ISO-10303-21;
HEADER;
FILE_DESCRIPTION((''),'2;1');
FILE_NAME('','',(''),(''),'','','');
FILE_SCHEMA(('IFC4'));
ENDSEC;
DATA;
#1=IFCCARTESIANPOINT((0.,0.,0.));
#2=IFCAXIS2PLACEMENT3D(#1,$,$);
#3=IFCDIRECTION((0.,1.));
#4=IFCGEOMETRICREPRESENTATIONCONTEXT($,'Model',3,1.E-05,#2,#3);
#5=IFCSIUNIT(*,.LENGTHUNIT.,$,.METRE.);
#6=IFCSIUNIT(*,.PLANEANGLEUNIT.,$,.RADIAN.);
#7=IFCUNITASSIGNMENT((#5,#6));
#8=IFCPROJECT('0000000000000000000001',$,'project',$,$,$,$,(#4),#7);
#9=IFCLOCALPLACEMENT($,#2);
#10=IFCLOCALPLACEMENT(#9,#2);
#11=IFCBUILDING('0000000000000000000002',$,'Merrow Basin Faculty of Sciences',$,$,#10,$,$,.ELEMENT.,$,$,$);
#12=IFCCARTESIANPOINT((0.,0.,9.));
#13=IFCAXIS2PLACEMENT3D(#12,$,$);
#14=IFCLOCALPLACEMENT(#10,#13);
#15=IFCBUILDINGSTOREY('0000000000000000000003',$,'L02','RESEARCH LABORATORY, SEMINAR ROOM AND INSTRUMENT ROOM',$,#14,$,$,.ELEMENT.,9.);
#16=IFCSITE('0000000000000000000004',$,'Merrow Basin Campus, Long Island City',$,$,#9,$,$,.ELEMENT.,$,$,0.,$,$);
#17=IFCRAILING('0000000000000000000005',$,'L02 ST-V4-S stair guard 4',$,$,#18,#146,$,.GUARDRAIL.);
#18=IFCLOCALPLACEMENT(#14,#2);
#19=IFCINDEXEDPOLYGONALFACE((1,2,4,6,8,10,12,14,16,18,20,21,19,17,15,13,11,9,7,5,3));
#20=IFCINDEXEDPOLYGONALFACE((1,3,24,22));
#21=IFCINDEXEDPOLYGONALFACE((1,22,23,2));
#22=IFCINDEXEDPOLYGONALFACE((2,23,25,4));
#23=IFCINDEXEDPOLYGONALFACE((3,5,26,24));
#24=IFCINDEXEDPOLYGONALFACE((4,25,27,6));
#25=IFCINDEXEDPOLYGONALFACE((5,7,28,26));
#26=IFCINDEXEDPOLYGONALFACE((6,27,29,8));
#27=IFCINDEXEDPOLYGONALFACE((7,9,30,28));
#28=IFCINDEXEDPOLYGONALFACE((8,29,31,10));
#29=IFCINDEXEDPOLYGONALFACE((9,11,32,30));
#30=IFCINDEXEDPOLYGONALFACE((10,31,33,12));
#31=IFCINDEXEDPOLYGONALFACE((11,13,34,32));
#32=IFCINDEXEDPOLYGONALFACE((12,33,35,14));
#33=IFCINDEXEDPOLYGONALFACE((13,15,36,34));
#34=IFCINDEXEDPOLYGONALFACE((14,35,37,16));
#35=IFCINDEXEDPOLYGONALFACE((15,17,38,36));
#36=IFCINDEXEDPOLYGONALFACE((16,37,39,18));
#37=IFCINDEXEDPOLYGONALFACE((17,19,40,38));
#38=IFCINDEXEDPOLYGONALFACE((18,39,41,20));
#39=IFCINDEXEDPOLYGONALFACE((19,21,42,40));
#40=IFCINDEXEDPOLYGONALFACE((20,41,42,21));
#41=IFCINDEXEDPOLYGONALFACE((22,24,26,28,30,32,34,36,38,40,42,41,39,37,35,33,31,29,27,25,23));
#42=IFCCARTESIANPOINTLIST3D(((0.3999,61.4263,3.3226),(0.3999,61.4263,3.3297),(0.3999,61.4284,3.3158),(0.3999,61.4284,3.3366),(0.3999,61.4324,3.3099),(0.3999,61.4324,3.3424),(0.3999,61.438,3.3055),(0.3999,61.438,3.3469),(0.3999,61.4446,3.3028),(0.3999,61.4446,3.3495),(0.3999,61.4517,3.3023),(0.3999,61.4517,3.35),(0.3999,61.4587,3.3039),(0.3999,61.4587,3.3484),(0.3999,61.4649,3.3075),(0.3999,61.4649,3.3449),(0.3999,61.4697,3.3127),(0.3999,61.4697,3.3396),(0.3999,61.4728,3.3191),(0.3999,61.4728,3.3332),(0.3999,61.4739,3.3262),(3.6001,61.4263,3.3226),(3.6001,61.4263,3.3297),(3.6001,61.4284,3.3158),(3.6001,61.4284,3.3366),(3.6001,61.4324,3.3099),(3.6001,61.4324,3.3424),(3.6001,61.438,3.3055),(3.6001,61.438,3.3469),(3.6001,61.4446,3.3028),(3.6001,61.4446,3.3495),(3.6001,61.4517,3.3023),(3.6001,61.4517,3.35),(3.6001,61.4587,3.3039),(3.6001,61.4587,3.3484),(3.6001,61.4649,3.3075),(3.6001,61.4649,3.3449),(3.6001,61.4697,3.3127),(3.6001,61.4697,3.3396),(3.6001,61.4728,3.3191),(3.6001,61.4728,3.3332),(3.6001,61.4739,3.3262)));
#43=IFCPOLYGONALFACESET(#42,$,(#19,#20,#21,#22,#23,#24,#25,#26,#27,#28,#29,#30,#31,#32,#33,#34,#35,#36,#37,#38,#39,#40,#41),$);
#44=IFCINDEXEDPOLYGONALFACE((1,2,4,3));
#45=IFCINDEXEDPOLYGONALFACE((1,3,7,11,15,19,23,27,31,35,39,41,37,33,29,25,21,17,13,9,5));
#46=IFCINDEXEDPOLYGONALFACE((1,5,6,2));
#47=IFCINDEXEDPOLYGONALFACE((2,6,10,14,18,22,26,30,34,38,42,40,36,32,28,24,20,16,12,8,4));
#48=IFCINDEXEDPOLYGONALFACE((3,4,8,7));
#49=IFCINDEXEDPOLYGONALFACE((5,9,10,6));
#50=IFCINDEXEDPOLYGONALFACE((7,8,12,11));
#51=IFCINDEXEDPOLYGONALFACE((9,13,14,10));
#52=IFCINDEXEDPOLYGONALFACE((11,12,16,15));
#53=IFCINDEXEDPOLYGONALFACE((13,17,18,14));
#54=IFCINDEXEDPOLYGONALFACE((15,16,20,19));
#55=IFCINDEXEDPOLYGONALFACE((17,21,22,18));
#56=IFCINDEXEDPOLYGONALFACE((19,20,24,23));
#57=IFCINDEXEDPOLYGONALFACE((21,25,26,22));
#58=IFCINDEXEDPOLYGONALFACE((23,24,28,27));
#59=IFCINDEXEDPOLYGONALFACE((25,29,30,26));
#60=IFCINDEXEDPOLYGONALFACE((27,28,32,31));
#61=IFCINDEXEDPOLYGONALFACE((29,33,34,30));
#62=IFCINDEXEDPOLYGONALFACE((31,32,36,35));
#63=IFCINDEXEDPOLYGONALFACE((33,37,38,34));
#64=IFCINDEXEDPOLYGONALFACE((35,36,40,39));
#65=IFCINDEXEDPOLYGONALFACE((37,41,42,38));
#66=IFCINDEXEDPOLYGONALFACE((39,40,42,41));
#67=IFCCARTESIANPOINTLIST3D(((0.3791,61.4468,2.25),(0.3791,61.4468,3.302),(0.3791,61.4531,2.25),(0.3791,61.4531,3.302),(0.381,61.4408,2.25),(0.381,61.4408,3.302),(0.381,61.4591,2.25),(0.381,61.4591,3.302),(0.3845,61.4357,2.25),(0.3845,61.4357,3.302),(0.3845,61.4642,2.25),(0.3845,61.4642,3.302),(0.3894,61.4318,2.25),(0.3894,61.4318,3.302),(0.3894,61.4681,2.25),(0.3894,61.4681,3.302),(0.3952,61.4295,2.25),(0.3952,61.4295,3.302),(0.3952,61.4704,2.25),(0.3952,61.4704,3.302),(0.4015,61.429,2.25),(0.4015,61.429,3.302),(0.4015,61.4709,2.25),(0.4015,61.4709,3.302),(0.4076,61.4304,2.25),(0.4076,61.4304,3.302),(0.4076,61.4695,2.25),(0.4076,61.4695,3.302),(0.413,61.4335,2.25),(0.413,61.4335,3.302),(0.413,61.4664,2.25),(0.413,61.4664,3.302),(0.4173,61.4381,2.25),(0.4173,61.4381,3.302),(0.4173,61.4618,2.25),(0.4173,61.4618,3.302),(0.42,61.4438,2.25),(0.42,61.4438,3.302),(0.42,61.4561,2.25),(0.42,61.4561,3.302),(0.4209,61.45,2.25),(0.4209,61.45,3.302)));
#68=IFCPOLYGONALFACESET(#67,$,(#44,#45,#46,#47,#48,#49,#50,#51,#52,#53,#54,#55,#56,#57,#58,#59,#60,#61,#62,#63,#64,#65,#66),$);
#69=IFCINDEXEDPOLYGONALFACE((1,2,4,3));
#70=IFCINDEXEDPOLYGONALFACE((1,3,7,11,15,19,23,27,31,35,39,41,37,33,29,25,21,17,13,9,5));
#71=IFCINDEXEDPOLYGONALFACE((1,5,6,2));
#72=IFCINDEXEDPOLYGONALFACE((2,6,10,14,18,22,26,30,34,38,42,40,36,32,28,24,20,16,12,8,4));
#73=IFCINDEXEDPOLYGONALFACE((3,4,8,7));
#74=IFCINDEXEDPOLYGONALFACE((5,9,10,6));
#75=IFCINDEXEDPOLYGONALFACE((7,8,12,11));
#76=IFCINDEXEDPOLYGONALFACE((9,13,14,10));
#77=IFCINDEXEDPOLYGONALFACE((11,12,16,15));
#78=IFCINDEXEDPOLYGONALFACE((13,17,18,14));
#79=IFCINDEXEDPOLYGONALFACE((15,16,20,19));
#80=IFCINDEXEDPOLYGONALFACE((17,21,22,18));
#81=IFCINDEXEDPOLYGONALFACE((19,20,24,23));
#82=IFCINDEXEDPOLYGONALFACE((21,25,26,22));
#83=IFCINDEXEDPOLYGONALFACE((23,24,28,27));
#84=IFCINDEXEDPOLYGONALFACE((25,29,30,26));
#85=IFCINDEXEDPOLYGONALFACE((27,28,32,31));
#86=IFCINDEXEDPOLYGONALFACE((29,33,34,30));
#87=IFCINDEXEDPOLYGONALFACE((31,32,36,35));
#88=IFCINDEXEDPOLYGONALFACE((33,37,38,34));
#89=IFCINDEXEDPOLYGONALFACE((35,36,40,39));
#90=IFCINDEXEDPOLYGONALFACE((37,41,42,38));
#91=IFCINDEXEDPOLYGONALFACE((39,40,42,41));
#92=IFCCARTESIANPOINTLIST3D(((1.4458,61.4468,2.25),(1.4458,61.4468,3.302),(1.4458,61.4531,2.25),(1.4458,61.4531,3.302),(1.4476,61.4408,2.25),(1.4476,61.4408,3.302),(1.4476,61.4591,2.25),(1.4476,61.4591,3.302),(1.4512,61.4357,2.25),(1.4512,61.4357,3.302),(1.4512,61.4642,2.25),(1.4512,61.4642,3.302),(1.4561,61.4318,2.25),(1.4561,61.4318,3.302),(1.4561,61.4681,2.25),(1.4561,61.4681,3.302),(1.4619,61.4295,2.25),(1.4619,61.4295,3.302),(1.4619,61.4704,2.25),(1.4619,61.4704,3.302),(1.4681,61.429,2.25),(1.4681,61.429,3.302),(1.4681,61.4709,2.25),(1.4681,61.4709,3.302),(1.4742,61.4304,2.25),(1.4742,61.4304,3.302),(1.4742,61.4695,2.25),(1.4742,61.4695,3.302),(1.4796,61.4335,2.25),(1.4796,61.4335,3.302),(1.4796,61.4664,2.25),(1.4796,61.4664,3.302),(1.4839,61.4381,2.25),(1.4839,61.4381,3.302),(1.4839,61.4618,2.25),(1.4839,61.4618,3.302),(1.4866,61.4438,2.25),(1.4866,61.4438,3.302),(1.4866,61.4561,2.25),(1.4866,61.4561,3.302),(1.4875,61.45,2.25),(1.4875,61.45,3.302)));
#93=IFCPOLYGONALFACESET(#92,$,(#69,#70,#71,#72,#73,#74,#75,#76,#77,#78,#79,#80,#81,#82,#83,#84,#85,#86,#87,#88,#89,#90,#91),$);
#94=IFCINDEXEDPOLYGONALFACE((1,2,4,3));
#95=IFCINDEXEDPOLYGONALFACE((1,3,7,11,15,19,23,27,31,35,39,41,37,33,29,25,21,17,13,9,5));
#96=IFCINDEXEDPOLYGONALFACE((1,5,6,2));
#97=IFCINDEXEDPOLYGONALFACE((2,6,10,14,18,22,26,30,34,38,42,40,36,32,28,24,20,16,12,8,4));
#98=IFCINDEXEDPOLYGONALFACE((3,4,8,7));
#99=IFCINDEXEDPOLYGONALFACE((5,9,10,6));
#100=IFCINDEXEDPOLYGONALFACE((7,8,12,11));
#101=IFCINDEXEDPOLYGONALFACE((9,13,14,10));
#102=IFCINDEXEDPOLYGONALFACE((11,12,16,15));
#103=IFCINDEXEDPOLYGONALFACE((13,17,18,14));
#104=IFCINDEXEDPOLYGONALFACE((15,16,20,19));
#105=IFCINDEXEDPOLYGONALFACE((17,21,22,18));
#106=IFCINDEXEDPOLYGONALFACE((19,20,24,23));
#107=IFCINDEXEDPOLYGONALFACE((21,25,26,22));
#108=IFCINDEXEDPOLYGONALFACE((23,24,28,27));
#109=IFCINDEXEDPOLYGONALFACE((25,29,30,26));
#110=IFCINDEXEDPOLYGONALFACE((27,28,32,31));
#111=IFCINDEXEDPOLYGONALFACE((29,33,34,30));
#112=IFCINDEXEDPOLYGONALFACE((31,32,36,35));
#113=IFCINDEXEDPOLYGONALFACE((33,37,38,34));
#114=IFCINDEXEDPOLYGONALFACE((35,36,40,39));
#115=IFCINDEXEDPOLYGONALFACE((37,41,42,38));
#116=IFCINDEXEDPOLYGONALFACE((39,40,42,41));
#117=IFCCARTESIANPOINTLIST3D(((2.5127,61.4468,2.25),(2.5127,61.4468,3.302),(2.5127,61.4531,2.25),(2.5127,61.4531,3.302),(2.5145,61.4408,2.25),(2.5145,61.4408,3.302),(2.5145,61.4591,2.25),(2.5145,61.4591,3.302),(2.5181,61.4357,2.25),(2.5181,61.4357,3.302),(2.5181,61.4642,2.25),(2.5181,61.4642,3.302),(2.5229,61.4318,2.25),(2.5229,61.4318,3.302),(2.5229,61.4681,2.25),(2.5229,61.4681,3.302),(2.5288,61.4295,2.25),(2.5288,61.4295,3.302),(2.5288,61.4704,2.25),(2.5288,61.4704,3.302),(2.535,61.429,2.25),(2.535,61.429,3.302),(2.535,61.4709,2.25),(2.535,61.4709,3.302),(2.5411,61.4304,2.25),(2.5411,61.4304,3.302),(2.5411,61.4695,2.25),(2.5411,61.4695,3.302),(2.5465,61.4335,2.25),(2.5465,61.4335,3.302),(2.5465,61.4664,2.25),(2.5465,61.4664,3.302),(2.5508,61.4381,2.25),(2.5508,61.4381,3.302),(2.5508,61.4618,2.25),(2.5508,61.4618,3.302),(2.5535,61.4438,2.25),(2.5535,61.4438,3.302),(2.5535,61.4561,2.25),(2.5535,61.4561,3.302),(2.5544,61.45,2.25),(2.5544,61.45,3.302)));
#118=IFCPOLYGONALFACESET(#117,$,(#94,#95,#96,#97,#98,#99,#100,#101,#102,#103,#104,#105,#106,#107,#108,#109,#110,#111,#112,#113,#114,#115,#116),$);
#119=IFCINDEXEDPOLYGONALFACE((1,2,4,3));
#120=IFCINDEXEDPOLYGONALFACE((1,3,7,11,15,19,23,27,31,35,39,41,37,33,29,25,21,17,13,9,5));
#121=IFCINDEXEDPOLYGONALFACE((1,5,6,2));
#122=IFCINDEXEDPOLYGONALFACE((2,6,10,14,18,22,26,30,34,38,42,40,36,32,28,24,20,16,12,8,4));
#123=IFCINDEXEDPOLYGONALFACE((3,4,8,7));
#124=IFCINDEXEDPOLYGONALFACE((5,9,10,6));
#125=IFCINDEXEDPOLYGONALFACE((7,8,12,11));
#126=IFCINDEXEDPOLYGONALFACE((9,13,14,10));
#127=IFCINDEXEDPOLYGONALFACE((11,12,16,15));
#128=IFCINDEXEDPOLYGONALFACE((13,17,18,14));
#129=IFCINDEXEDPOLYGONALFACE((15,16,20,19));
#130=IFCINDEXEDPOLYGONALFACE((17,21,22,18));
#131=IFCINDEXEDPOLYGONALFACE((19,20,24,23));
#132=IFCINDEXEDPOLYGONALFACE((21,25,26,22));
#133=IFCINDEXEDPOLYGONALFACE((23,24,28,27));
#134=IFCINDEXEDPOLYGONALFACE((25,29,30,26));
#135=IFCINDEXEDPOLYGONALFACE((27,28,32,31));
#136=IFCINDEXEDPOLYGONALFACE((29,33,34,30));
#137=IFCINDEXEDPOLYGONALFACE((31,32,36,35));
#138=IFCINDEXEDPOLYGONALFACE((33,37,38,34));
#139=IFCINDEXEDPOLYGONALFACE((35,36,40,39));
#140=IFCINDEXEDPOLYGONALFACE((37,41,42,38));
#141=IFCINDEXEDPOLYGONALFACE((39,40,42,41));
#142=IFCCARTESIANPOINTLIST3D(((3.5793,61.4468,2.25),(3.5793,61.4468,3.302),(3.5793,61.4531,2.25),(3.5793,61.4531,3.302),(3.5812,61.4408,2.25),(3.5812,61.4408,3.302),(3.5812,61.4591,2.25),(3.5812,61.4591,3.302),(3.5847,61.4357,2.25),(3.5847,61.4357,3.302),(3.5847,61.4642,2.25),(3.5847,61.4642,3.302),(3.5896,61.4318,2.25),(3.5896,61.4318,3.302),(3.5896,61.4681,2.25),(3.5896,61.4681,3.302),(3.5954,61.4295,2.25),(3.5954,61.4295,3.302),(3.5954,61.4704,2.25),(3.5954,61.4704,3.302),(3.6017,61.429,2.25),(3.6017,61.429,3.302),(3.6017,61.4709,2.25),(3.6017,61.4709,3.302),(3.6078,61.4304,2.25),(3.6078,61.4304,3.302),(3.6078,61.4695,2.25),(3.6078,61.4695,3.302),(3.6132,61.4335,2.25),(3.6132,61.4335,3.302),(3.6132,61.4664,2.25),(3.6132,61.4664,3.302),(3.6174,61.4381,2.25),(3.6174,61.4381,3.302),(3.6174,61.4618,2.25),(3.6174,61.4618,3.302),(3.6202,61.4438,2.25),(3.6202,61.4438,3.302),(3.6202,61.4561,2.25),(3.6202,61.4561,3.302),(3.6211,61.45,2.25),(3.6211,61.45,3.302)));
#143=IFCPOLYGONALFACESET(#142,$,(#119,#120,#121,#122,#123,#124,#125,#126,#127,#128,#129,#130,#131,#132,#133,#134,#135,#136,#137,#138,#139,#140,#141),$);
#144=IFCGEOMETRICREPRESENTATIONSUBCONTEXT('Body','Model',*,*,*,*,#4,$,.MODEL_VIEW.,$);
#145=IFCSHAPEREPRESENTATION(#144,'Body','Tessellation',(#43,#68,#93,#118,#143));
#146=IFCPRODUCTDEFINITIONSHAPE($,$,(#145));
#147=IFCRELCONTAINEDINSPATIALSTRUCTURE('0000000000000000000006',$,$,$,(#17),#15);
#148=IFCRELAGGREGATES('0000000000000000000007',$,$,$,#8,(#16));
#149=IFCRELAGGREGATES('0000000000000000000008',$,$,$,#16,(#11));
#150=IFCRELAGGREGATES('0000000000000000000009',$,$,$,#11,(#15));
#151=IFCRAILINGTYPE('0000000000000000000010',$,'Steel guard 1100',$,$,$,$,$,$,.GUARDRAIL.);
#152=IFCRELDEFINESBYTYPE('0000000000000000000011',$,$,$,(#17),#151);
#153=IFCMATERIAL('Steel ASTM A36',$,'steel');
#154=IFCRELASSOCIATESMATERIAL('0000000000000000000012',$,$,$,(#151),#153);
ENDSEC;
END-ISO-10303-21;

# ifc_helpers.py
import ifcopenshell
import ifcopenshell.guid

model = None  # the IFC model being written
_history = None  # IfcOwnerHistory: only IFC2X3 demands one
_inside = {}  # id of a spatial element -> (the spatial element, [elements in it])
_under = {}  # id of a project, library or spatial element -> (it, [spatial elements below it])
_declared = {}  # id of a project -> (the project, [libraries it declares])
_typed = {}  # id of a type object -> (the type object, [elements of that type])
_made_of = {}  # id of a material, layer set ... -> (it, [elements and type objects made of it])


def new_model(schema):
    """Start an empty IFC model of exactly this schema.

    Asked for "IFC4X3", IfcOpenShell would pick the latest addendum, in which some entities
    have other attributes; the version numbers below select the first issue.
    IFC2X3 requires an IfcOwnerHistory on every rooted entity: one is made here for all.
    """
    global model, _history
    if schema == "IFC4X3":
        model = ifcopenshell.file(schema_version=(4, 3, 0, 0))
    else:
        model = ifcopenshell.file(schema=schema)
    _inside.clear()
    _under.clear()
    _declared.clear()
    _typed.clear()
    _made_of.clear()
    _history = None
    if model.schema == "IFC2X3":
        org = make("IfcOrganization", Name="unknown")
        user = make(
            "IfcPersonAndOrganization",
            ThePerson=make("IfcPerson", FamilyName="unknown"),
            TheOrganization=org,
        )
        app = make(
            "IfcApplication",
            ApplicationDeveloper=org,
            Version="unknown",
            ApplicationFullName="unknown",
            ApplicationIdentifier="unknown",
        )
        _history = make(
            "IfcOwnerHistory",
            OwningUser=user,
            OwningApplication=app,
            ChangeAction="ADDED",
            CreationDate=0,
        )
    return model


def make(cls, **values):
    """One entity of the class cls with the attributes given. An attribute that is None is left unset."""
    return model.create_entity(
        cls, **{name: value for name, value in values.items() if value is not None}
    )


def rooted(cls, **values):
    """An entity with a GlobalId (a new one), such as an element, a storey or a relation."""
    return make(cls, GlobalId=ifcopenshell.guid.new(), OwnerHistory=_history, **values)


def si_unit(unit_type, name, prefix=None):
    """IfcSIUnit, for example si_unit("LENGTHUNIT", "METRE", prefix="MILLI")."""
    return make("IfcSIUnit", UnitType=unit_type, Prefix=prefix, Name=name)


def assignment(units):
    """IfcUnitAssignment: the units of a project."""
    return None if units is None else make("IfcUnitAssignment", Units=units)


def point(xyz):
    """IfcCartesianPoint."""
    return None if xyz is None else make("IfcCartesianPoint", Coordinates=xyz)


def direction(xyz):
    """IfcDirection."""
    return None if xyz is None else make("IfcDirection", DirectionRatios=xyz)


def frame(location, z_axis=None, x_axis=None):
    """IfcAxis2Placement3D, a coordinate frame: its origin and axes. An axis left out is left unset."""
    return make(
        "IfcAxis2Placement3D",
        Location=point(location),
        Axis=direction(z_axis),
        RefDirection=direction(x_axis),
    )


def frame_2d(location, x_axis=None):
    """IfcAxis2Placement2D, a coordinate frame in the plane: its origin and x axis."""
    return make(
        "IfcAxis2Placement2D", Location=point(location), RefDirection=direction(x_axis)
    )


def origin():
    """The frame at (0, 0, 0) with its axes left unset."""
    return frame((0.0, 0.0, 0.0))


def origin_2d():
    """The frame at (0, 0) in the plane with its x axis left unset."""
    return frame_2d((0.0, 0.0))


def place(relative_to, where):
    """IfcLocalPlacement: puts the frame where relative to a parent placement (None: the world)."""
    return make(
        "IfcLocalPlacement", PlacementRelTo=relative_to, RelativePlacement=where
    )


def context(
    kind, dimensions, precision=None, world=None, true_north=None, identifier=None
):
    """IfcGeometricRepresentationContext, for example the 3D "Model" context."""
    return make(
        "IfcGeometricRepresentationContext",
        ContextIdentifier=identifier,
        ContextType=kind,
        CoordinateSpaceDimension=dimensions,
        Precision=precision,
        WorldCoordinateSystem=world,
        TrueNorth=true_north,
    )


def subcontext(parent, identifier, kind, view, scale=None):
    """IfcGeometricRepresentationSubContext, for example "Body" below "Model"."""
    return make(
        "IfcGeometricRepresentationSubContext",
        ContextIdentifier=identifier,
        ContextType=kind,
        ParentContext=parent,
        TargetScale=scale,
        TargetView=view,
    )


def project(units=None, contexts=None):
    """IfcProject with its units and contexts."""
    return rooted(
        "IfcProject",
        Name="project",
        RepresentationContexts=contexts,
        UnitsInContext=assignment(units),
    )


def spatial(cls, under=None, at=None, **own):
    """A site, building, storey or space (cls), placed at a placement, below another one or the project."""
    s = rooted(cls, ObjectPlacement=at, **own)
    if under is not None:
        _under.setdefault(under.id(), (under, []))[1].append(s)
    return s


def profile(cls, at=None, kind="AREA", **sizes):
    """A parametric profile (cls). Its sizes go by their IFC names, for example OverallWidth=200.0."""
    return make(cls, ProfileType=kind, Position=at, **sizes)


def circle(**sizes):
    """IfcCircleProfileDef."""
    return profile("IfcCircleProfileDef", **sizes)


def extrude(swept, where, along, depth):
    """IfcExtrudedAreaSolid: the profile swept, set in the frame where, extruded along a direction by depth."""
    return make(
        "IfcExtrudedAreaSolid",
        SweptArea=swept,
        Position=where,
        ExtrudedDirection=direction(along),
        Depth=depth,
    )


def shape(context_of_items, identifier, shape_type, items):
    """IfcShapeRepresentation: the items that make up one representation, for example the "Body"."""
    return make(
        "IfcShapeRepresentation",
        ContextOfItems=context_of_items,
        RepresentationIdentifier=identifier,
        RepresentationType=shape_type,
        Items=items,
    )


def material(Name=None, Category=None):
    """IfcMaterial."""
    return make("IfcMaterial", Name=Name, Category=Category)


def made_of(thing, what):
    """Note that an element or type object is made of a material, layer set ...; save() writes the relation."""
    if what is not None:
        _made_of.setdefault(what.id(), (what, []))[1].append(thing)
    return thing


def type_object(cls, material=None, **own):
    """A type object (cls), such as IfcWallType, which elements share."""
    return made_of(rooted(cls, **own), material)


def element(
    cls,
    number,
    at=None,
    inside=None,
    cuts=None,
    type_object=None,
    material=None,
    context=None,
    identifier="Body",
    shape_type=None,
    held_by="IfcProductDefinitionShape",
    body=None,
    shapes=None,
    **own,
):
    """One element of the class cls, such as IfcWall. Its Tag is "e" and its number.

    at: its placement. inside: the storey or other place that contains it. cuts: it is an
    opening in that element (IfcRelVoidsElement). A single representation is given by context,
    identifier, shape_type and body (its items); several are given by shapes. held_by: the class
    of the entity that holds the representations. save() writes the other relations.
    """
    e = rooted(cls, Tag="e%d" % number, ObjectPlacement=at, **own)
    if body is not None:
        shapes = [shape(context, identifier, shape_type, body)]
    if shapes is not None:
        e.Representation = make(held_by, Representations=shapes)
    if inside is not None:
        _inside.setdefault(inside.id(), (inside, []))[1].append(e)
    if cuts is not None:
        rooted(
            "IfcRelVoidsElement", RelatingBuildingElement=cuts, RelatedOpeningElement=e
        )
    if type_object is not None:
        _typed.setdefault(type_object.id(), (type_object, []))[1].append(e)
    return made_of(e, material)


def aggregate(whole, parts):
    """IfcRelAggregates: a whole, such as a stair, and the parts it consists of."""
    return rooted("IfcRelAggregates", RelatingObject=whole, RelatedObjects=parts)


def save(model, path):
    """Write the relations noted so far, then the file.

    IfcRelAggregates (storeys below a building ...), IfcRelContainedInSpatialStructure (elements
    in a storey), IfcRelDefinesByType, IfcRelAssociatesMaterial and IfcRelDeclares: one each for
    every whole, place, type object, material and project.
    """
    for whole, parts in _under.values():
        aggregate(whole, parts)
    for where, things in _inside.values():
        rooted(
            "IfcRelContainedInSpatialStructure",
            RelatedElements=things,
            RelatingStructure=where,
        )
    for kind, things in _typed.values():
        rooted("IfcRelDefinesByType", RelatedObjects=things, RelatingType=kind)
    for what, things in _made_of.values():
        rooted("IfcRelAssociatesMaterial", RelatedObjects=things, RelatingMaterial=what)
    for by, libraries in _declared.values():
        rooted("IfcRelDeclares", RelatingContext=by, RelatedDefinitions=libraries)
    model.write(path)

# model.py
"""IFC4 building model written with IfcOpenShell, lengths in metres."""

from ifc_helpers import new_model, si_unit, direction, frame, origin, origin_2d, place, context, subcontext, project, spatial, circle, extrude, material, type_object, element, save


model = new_model("IFC4")

# Units and contexts
model_context = context("Model", 3, precision=1e-05, world=origin(), true_north=direction((0.0, 1.0)))
body_context = subcontext(model_context, "Body", "Model", "MODEL_VIEW")
ifc_project = project(units=[si_unit("LENGTHUNIT", "METRE"), si_unit("PLANEANGLEUNIT", "RADIAN")], contexts=[model_context])

# Site, building, storey
site_placement = place(None, origin())
site = spatial("IfcSite", under=ifc_project, at=site_placement, Name="Merrow Basin Campus, Long Island City", CompositionType="ELEMENT", RefElevation=0.0)
building_placement = place(site_placement, origin())
building = spatial("IfcBuilding", under=site, at=building_placement, Name="Merrow Basin Faculty of Sciences", CompositionType="ELEMENT")
storey_placement = place(building_placement, frame((0.0, 0.0, 9.0)))
storey = spatial("IfcBuildingStorey", under=building, at=storey_placement, Name="L02", Description="RESEARCH LABORATORY, SEMINAR ROOM AND INSTRUMENT ROOM", CompositionType="ELEMENT", Elevation=9.0)

# Railing
ifc_material_1 = material(Name="Steel ASTM A36", Category="steel")
railing_type_1 = type_object("IfcRailingType", Name="Steel guard 1100", PredefinedType="GUARDRAIL", material=ifc_material_1)
railing_1_placement = place(storey_placement, frame((0.3999, 61.45, 2.25)))
element("IfcRailing", 1, at=railing_1_placement, inside=storey, type_object=railing_type_1, Name="L02 ST-V4-S stair guard 4", PredefinedType="GUARDRAIL", context=body_context, shape_type="SweptSolid", body=[
    extrude(circle(Radius=0.0239, at=origin_2d()), frame((0.0, 0.0, 1.0762), z_axis=(1.0, 0.0, 0.0), x_axis=(0.0, 1.0, 0.0)), (0.0, 0.0, 1.0), 3.2002),
    extrude(circle(Radius=0.021, at=origin_2d()), origin(), (0.0, 0.0, 1.0), 1.052),
    extrude(circle(Radius=0.021, at=origin_2d()), frame((1.0667, 0.0, 0.0)), (0.0, 0.0, 1.0), 1.052),
    extrude(circle(Radius=0.021, at=origin_2d()), frame((2.1335, 0.0, 0.0)), (0.0, 0.0, 1.0), 1.052),
    extrude(circle(Radius=0.021, at=origin_2d()), frame((3.2002, 0.0, 0.0)), (0.0, 0.0, 1.0), 1.052),
])

save(model, "model.ifc")
